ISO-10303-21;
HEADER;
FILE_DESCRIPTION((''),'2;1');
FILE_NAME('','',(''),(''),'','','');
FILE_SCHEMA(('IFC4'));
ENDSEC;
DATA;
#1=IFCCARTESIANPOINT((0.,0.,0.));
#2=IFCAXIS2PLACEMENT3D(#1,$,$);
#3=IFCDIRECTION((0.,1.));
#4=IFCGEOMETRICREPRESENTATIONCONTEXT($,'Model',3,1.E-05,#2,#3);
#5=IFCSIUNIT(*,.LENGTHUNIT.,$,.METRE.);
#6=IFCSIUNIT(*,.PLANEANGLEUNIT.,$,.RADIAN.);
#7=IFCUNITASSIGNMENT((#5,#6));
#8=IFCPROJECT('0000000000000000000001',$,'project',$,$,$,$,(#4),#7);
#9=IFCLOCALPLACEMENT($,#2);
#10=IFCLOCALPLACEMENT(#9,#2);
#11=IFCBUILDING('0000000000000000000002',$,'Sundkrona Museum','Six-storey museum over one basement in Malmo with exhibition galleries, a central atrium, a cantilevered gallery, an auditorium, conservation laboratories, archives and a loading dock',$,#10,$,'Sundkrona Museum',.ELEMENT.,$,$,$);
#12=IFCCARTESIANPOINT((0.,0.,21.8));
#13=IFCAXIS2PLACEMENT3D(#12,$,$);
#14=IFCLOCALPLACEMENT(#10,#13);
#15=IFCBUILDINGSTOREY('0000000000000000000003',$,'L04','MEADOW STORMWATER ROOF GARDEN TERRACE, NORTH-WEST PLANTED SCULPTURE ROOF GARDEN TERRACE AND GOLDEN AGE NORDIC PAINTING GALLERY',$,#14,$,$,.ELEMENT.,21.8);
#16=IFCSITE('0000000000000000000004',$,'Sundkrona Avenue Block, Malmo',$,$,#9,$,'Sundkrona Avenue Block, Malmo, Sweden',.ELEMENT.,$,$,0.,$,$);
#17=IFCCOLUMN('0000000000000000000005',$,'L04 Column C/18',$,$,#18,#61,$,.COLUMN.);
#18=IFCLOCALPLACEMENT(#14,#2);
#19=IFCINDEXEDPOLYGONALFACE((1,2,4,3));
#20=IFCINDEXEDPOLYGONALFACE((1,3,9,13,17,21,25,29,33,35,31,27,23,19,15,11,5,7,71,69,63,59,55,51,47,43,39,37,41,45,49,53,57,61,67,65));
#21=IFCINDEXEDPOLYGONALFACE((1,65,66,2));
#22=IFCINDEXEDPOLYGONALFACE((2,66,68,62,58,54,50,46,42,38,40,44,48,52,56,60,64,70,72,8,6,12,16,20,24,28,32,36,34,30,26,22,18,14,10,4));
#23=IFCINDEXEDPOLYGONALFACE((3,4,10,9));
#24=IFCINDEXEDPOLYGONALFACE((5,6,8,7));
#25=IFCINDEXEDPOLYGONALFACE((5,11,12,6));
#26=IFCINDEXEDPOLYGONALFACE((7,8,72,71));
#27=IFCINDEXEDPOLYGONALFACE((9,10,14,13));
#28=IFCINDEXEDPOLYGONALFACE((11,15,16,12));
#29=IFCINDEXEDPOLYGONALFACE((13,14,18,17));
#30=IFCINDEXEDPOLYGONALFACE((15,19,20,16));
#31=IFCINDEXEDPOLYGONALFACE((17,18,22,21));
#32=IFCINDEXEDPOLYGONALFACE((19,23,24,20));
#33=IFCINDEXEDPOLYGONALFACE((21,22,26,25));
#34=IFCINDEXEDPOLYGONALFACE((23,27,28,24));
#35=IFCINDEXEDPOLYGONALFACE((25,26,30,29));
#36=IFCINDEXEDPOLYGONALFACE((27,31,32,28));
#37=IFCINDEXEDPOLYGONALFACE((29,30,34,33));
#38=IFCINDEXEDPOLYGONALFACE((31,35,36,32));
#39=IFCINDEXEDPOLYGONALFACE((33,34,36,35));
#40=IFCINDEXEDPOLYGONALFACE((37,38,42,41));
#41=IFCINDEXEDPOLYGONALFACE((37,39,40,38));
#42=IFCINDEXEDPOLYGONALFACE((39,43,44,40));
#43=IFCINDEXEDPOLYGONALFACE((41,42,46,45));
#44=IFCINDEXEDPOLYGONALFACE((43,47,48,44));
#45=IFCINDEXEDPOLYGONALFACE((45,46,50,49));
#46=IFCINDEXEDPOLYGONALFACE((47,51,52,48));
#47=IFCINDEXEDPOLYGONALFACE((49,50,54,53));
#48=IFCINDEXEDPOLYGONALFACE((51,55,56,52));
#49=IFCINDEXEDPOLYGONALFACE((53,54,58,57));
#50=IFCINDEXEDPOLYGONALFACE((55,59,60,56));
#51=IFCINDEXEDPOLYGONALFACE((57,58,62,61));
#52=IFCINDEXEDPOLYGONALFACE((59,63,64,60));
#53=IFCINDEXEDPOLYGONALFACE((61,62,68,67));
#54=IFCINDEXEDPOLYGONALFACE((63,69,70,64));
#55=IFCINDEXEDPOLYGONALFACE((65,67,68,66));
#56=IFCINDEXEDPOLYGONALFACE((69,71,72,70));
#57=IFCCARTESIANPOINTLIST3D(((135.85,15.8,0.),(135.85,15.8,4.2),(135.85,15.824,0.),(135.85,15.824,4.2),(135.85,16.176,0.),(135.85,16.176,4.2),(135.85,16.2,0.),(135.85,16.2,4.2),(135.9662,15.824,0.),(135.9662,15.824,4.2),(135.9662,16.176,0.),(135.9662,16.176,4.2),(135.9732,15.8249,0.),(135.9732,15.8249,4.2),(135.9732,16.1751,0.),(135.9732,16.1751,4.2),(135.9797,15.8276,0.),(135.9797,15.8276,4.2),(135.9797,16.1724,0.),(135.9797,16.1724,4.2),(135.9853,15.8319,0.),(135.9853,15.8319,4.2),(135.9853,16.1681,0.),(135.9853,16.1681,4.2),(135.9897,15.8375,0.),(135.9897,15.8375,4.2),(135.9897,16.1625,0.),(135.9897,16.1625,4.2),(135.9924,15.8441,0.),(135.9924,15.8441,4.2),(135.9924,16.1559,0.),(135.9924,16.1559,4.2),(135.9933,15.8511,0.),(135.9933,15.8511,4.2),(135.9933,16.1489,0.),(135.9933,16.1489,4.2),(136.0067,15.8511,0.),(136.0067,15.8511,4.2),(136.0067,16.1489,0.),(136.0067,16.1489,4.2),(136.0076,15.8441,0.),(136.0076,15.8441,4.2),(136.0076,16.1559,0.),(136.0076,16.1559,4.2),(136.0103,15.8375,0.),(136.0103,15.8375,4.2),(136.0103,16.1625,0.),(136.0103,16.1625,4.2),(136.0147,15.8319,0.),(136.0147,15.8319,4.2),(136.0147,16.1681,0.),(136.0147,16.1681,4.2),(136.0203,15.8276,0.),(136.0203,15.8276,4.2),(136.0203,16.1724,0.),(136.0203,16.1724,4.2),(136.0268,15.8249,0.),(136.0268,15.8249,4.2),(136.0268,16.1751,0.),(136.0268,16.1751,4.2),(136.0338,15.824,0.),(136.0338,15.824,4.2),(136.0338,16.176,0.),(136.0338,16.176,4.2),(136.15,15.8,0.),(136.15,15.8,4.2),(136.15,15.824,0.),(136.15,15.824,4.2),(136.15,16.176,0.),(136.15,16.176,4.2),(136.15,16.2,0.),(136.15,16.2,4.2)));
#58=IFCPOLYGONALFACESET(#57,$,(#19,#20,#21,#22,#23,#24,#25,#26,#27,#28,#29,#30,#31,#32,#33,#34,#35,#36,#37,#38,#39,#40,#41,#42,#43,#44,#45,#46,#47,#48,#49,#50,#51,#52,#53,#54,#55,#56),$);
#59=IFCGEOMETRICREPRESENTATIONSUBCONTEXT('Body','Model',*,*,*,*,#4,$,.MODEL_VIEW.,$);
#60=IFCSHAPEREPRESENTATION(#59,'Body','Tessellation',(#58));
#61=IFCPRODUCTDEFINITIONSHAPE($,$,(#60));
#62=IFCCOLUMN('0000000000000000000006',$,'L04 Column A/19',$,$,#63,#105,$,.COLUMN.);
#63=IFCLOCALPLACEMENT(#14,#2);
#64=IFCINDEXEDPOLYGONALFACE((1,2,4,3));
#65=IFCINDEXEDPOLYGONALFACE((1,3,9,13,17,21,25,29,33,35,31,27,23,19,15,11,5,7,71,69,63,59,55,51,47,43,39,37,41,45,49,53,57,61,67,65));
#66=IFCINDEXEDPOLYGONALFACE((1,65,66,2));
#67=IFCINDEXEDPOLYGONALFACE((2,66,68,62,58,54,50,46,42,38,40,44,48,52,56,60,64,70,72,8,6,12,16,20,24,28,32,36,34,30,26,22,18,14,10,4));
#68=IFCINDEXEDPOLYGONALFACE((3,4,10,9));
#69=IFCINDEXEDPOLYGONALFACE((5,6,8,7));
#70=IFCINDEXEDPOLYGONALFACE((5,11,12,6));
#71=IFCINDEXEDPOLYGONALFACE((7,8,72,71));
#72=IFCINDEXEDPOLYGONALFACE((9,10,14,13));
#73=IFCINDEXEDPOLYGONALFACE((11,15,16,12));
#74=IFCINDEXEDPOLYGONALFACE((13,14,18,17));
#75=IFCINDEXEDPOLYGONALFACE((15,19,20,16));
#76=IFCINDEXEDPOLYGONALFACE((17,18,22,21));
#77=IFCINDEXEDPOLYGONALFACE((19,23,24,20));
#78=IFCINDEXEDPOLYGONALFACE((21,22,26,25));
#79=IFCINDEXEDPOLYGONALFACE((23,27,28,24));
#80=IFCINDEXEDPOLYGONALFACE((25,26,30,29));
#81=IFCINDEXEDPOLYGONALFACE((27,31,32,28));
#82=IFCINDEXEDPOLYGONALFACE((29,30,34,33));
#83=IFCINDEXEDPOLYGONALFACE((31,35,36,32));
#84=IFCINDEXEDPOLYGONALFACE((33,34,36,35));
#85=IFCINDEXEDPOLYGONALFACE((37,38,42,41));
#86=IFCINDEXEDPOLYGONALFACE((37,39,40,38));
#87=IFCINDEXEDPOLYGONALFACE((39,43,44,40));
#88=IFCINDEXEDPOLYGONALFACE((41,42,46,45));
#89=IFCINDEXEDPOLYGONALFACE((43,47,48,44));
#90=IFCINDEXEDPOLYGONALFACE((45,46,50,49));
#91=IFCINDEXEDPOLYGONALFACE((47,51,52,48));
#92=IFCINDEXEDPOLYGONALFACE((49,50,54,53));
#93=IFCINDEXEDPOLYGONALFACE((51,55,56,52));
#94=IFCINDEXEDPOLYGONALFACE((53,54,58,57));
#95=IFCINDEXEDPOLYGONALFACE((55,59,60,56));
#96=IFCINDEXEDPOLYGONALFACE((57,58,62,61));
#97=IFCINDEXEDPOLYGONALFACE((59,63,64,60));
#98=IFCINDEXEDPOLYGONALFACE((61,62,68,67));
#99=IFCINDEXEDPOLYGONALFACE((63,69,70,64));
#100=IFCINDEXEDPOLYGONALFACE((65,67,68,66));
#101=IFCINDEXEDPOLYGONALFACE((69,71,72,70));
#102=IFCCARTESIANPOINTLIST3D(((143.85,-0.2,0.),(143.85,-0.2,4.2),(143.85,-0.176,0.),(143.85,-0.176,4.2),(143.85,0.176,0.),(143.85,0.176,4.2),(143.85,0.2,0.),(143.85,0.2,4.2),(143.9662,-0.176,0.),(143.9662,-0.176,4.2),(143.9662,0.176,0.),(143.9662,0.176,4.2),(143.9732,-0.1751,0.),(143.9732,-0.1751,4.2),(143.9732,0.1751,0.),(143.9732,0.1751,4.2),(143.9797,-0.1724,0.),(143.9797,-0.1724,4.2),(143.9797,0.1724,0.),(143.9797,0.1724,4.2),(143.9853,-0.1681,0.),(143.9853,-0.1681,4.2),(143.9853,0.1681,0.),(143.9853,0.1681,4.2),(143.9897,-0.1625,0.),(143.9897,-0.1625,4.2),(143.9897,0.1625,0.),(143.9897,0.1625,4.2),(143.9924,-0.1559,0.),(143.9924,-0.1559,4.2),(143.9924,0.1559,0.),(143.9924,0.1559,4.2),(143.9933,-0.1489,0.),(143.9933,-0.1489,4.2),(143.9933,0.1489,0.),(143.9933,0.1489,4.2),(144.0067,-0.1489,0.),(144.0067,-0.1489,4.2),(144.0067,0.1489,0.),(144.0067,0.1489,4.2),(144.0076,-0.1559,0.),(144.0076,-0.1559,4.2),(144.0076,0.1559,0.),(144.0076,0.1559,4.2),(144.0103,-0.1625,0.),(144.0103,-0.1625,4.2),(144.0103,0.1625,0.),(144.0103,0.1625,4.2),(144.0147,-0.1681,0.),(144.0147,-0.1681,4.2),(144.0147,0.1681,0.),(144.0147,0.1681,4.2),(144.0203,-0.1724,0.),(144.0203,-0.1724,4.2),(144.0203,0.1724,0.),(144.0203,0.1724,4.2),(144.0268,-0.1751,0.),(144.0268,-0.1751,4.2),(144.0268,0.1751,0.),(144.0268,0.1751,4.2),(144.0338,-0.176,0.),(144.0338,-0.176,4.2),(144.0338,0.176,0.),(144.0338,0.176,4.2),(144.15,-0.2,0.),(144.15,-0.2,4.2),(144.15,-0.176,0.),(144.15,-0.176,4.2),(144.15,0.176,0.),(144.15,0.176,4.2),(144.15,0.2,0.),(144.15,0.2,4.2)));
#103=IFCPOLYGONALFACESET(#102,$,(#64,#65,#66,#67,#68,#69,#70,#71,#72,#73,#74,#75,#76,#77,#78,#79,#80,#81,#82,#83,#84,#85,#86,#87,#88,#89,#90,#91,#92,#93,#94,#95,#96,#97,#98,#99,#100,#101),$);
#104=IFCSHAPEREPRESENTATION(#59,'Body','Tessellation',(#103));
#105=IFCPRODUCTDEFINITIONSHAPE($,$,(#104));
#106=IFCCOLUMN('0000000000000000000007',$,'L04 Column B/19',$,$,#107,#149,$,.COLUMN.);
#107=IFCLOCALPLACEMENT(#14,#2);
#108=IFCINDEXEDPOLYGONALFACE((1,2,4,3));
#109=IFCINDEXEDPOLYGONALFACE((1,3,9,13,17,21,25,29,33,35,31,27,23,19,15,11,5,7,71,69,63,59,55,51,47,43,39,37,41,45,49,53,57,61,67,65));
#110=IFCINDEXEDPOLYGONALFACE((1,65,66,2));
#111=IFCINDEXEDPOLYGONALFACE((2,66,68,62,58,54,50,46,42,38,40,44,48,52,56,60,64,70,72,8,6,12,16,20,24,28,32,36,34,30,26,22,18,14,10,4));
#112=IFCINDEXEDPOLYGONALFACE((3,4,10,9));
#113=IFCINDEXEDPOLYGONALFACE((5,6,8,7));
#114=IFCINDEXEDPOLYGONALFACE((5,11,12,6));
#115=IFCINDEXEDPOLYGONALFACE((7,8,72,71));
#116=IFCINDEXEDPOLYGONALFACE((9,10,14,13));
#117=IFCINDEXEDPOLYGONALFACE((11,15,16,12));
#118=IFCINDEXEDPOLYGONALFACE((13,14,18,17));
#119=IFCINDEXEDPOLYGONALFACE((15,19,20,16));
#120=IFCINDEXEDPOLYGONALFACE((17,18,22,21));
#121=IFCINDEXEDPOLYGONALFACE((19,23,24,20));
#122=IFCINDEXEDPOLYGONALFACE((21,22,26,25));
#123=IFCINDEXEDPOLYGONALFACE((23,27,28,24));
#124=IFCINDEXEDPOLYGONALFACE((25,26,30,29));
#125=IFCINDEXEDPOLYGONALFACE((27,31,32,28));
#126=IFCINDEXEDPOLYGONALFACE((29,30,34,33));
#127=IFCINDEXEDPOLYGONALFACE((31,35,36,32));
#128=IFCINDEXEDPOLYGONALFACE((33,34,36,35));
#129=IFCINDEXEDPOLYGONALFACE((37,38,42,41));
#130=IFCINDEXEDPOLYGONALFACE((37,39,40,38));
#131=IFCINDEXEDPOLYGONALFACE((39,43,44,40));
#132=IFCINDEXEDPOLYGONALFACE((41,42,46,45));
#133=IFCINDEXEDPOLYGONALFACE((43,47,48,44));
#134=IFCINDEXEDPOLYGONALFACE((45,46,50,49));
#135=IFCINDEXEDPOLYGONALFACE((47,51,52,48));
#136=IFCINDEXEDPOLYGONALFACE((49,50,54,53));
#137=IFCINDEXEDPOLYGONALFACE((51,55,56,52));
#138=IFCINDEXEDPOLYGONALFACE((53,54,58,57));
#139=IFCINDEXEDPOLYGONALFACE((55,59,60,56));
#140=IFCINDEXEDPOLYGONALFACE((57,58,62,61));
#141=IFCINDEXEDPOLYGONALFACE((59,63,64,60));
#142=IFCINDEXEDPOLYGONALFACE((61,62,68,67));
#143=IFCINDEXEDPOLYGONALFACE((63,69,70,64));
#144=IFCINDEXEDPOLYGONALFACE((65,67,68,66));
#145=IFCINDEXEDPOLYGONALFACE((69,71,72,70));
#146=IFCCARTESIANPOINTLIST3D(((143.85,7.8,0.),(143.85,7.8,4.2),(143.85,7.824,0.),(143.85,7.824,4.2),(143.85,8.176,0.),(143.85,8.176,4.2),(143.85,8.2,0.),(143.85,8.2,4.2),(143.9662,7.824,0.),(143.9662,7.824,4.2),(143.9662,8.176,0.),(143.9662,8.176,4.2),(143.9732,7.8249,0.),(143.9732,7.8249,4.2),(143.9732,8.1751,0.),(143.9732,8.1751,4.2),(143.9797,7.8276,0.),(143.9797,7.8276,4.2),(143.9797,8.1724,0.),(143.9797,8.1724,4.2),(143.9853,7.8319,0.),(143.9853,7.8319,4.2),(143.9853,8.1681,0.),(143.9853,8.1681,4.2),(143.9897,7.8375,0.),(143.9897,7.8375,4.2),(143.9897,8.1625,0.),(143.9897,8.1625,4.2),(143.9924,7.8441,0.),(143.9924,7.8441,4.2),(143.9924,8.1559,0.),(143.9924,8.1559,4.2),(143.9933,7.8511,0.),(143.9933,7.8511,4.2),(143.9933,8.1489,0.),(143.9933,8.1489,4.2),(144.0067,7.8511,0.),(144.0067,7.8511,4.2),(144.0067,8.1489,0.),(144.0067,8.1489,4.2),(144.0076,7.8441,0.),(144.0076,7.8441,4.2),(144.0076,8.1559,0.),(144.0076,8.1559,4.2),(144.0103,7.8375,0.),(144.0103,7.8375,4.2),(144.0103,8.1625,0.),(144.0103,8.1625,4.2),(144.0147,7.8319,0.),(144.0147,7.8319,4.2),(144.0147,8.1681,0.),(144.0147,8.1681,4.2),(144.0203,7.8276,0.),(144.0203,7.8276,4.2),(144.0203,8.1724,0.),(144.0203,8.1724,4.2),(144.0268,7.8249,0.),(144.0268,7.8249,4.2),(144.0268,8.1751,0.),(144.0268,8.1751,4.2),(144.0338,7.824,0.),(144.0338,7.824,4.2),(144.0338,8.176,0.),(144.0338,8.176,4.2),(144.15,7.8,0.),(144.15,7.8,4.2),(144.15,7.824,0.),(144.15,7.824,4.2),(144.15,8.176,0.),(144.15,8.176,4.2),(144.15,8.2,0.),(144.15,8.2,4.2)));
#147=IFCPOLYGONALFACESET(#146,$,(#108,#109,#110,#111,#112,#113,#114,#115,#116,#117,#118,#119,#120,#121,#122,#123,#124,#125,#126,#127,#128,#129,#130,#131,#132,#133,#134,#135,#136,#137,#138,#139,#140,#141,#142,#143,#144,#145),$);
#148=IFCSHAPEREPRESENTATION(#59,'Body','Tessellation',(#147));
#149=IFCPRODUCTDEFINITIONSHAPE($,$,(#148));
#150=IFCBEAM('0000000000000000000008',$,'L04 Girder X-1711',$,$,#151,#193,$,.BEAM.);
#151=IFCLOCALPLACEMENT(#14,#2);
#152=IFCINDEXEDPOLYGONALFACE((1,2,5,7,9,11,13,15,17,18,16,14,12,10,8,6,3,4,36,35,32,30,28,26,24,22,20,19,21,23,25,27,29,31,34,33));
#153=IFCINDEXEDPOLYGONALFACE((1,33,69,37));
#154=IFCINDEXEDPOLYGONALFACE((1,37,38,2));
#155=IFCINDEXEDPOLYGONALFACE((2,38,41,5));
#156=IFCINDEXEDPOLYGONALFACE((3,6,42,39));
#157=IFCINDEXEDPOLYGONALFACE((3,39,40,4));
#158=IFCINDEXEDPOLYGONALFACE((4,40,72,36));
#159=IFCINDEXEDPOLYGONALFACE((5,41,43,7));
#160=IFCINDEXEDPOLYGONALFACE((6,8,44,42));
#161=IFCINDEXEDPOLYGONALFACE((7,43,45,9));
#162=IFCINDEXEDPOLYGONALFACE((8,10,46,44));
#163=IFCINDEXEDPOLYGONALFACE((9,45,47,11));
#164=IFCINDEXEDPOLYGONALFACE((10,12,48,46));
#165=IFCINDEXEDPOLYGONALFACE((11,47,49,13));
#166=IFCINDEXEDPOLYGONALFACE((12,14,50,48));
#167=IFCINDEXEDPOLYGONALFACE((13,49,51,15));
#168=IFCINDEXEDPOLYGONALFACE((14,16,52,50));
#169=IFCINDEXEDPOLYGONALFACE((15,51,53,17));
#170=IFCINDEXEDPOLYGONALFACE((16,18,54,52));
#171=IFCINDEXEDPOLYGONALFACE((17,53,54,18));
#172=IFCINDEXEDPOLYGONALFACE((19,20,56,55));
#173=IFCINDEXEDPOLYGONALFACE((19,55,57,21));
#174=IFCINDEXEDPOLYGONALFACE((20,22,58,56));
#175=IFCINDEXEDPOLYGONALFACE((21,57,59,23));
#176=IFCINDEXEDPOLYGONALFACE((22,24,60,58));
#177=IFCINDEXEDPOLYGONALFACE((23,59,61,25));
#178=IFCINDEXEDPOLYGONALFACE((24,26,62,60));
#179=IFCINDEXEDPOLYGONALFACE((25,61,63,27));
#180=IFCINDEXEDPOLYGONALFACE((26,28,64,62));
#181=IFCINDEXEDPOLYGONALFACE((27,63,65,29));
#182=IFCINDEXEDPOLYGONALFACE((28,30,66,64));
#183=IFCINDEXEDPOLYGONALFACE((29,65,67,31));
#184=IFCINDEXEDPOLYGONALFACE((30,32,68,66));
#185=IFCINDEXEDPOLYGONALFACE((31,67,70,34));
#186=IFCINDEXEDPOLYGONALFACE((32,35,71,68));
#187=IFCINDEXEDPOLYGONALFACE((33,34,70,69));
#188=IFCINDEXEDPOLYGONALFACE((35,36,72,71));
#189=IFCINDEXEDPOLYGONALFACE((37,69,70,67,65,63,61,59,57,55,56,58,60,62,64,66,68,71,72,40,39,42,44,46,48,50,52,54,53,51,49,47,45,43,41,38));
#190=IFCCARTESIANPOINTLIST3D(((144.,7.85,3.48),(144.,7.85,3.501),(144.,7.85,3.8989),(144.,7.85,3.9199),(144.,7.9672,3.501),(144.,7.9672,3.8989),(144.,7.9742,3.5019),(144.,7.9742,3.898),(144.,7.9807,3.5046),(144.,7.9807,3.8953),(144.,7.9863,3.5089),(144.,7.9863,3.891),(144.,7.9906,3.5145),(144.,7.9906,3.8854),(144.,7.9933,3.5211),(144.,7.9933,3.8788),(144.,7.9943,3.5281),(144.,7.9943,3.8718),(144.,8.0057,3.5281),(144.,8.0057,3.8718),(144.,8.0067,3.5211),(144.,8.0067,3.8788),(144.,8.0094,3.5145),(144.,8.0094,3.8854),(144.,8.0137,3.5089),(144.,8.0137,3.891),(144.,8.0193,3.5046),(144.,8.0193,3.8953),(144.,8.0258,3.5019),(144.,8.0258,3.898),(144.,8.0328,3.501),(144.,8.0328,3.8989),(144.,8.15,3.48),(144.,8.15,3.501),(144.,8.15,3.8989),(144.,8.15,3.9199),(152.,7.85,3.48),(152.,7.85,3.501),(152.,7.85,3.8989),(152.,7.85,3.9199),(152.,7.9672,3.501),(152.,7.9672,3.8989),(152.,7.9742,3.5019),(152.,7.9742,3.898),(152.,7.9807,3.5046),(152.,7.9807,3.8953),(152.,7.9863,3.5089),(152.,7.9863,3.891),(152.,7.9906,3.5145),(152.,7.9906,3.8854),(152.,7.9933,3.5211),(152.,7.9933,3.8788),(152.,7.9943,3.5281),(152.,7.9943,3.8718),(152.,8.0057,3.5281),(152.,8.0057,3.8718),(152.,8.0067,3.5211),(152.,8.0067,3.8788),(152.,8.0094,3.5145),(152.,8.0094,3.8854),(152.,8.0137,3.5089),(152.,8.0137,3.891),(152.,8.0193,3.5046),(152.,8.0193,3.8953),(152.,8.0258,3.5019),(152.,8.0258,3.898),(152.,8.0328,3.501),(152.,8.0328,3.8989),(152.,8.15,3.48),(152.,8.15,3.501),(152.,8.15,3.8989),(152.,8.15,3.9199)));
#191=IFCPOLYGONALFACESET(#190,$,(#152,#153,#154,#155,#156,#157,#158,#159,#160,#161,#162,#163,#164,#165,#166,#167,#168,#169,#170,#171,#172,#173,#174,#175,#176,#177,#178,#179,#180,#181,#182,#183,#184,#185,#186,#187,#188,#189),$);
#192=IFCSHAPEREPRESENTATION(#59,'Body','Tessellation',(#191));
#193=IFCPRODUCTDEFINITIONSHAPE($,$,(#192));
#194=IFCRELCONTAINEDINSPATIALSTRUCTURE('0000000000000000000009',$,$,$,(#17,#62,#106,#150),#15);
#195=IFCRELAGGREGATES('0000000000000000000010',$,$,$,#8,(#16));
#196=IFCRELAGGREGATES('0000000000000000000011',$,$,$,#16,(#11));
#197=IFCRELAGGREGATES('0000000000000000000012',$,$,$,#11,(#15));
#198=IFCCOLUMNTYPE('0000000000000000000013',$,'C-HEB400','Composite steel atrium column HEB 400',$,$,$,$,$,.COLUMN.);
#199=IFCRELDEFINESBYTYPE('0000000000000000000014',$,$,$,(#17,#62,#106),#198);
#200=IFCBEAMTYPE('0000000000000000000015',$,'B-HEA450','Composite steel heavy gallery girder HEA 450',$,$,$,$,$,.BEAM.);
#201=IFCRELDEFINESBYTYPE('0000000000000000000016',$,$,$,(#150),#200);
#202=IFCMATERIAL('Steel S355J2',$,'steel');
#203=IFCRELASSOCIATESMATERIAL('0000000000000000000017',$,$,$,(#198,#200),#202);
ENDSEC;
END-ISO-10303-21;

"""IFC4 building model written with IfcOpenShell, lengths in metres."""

from ifc_helpers import new_model, si_unit, direction, frame, origin, origin_2d, place, context, subcontext, project, spatial, i_section, extrude, material, material_profile, profile_set, type_object, element, save


model = new_model("IFC4")

# Units and contexts
model_context = context("Model", 3, precision=1e-05, world=origin(), true_north=direction((0.0, 1.0)))
body_context = subcontext(model_context, "Body", "Model", "MODEL_VIEW")
ifc_project = project(units=[si_unit("LENGTHUNIT", "METRE"), si_unit("PLANEANGLEUNIT", "RADIAN")], contexts=[model_context])

# Site, building, storey
site_placement = place(None, origin())
site = spatial("IfcSite", under=ifc_project, at=site_placement, Name="Sundkrona Avenue Block, Malmo", LongName="Sundkrona Avenue Block, Malmo, Sweden", CompositionType="ELEMENT", RefElevation=0.0)
building_placement = place(site_placement, origin())
building = spatial("IfcBuilding", under=site, at=building_placement, Name="Sundkrona Museum", Description="Six-storey museum over one basement in Malmo with exhibition galleries, a central atrium, a cantilevered gallery, an auditorium, conservation laboratories, archives and a loading dock", LongName="Sundkrona Museum", CompositionType="ELEMENT")
storey_placement = place(building_placement, frame((0.0, 0.0, 21.8)))
storey = spatial("IfcBuildingStorey", under=building, at=storey_placement, Name="L04", Description="MEADOW STORMWATER ROOF GARDEN TERRACE, NORTH-WEST PLANTED SCULPTURE ROOF GARDEN TERRACE AND GOLDEN AGE NORDIC PAINTING GALLERY", CompositionType="ELEMENT", Elevation=21.8)

# Columns
ifc_material_1 = material(Name="Steel S355J2", Category="steel")
ifc_material_profile_1 = material_profile(ifc_material_1, i_section(OverallWidth=0.3, OverallDepth=0.3999, WebThickness=0.0134, FlangeThickness=0.0239, FilletRadius=0.0271, at=origin_2d()), Name="HEB 400")
ifc_profile_set_1 = profile_set([ifc_material_profile_1], Name="Steel S355J2")
column_type = type_object("IfcColumnType", Name="C-HEB400", Description="Composite steel atrium column HEB 400", PredefinedType="COLUMN", material=ifc_profile_set_1)
for number, where, z_axis, x_axis, name in (
    (1, (136.0, 16.0, 0.0), (0.0, 0.0, 1.0), (1.0, 0.0, 0.0), "L04 Column C/18"),
    (2, (144.0, 0.0, 0.0), (0.0, 0.0, 1.0), (1.0, 0.0, 0.0), "L04 Column A/19"),
    (3, (144.0, 8.0, 0.0), (0.0, 0.0, 1.0), (1.0, 0.0, 0.0), "L04 Column B/19"),
):
    element("IfcColumn", number, at=place(storey_placement, frame(where, z_axis=z_axis, x_axis=x_axis)), inside=storey, type_object=column_type, Name=name, PredefinedType="COLUMN", context=body_context, shape_type="SweptSolid", body=[
        extrude(i_section(OverallWidth=0.3, OverallDepth=0.3999, WebThickness=0.0134, FlangeThickness=0.0239, FilletRadius=0.0271, at=origin_2d()), origin(), (0.0, 0.0, 1.0), 4.2),
    ])

# Beam
ifc_material_profile_2 = material_profile(ifc_material_1, i_section(OverallWidth=0.3, OverallDepth=0.4399, WebThickness=0.0115, FlangeThickness=0.021, FilletRadius=0.0271, at=origin_2d()), Name="HEA 450")
ifc_profile_set_2 = profile_set([ifc_material_profile_2], Name="Steel S355J2")
beam_type_1 = type_object("IfcBeamType", Name="B-HEA450", Description="Composite steel heavy gallery girder HEA 450", PredefinedType="BEAM", material=ifc_profile_set_2)
for number, where, z_axis, x_axis, name in (
    (4, (144.0, 8.0, 3.7), (1.0, 0.0, 0.0), (0.0, 1.0, 0.0), "L04 Girder X-1711"),
):
    element("IfcBeam", number, at=place(storey_placement, frame(where, z_axis=z_axis, x_axis=x_axis)), inside=storey, type_object=beam_type_1, Name=name, PredefinedType="BEAM", context=body_context, shape_type="SweptSolid", body=[
        extrude(i_section(OverallWidth=0.3, OverallDepth=0.4399, WebThickness=0.0115, FlangeThickness=0.021, FilletRadius=0.0271, at=origin_2d()), origin(), (0.0, 0.0, 1.0), 8.0),
    ])

save(model, "model.ifc")
